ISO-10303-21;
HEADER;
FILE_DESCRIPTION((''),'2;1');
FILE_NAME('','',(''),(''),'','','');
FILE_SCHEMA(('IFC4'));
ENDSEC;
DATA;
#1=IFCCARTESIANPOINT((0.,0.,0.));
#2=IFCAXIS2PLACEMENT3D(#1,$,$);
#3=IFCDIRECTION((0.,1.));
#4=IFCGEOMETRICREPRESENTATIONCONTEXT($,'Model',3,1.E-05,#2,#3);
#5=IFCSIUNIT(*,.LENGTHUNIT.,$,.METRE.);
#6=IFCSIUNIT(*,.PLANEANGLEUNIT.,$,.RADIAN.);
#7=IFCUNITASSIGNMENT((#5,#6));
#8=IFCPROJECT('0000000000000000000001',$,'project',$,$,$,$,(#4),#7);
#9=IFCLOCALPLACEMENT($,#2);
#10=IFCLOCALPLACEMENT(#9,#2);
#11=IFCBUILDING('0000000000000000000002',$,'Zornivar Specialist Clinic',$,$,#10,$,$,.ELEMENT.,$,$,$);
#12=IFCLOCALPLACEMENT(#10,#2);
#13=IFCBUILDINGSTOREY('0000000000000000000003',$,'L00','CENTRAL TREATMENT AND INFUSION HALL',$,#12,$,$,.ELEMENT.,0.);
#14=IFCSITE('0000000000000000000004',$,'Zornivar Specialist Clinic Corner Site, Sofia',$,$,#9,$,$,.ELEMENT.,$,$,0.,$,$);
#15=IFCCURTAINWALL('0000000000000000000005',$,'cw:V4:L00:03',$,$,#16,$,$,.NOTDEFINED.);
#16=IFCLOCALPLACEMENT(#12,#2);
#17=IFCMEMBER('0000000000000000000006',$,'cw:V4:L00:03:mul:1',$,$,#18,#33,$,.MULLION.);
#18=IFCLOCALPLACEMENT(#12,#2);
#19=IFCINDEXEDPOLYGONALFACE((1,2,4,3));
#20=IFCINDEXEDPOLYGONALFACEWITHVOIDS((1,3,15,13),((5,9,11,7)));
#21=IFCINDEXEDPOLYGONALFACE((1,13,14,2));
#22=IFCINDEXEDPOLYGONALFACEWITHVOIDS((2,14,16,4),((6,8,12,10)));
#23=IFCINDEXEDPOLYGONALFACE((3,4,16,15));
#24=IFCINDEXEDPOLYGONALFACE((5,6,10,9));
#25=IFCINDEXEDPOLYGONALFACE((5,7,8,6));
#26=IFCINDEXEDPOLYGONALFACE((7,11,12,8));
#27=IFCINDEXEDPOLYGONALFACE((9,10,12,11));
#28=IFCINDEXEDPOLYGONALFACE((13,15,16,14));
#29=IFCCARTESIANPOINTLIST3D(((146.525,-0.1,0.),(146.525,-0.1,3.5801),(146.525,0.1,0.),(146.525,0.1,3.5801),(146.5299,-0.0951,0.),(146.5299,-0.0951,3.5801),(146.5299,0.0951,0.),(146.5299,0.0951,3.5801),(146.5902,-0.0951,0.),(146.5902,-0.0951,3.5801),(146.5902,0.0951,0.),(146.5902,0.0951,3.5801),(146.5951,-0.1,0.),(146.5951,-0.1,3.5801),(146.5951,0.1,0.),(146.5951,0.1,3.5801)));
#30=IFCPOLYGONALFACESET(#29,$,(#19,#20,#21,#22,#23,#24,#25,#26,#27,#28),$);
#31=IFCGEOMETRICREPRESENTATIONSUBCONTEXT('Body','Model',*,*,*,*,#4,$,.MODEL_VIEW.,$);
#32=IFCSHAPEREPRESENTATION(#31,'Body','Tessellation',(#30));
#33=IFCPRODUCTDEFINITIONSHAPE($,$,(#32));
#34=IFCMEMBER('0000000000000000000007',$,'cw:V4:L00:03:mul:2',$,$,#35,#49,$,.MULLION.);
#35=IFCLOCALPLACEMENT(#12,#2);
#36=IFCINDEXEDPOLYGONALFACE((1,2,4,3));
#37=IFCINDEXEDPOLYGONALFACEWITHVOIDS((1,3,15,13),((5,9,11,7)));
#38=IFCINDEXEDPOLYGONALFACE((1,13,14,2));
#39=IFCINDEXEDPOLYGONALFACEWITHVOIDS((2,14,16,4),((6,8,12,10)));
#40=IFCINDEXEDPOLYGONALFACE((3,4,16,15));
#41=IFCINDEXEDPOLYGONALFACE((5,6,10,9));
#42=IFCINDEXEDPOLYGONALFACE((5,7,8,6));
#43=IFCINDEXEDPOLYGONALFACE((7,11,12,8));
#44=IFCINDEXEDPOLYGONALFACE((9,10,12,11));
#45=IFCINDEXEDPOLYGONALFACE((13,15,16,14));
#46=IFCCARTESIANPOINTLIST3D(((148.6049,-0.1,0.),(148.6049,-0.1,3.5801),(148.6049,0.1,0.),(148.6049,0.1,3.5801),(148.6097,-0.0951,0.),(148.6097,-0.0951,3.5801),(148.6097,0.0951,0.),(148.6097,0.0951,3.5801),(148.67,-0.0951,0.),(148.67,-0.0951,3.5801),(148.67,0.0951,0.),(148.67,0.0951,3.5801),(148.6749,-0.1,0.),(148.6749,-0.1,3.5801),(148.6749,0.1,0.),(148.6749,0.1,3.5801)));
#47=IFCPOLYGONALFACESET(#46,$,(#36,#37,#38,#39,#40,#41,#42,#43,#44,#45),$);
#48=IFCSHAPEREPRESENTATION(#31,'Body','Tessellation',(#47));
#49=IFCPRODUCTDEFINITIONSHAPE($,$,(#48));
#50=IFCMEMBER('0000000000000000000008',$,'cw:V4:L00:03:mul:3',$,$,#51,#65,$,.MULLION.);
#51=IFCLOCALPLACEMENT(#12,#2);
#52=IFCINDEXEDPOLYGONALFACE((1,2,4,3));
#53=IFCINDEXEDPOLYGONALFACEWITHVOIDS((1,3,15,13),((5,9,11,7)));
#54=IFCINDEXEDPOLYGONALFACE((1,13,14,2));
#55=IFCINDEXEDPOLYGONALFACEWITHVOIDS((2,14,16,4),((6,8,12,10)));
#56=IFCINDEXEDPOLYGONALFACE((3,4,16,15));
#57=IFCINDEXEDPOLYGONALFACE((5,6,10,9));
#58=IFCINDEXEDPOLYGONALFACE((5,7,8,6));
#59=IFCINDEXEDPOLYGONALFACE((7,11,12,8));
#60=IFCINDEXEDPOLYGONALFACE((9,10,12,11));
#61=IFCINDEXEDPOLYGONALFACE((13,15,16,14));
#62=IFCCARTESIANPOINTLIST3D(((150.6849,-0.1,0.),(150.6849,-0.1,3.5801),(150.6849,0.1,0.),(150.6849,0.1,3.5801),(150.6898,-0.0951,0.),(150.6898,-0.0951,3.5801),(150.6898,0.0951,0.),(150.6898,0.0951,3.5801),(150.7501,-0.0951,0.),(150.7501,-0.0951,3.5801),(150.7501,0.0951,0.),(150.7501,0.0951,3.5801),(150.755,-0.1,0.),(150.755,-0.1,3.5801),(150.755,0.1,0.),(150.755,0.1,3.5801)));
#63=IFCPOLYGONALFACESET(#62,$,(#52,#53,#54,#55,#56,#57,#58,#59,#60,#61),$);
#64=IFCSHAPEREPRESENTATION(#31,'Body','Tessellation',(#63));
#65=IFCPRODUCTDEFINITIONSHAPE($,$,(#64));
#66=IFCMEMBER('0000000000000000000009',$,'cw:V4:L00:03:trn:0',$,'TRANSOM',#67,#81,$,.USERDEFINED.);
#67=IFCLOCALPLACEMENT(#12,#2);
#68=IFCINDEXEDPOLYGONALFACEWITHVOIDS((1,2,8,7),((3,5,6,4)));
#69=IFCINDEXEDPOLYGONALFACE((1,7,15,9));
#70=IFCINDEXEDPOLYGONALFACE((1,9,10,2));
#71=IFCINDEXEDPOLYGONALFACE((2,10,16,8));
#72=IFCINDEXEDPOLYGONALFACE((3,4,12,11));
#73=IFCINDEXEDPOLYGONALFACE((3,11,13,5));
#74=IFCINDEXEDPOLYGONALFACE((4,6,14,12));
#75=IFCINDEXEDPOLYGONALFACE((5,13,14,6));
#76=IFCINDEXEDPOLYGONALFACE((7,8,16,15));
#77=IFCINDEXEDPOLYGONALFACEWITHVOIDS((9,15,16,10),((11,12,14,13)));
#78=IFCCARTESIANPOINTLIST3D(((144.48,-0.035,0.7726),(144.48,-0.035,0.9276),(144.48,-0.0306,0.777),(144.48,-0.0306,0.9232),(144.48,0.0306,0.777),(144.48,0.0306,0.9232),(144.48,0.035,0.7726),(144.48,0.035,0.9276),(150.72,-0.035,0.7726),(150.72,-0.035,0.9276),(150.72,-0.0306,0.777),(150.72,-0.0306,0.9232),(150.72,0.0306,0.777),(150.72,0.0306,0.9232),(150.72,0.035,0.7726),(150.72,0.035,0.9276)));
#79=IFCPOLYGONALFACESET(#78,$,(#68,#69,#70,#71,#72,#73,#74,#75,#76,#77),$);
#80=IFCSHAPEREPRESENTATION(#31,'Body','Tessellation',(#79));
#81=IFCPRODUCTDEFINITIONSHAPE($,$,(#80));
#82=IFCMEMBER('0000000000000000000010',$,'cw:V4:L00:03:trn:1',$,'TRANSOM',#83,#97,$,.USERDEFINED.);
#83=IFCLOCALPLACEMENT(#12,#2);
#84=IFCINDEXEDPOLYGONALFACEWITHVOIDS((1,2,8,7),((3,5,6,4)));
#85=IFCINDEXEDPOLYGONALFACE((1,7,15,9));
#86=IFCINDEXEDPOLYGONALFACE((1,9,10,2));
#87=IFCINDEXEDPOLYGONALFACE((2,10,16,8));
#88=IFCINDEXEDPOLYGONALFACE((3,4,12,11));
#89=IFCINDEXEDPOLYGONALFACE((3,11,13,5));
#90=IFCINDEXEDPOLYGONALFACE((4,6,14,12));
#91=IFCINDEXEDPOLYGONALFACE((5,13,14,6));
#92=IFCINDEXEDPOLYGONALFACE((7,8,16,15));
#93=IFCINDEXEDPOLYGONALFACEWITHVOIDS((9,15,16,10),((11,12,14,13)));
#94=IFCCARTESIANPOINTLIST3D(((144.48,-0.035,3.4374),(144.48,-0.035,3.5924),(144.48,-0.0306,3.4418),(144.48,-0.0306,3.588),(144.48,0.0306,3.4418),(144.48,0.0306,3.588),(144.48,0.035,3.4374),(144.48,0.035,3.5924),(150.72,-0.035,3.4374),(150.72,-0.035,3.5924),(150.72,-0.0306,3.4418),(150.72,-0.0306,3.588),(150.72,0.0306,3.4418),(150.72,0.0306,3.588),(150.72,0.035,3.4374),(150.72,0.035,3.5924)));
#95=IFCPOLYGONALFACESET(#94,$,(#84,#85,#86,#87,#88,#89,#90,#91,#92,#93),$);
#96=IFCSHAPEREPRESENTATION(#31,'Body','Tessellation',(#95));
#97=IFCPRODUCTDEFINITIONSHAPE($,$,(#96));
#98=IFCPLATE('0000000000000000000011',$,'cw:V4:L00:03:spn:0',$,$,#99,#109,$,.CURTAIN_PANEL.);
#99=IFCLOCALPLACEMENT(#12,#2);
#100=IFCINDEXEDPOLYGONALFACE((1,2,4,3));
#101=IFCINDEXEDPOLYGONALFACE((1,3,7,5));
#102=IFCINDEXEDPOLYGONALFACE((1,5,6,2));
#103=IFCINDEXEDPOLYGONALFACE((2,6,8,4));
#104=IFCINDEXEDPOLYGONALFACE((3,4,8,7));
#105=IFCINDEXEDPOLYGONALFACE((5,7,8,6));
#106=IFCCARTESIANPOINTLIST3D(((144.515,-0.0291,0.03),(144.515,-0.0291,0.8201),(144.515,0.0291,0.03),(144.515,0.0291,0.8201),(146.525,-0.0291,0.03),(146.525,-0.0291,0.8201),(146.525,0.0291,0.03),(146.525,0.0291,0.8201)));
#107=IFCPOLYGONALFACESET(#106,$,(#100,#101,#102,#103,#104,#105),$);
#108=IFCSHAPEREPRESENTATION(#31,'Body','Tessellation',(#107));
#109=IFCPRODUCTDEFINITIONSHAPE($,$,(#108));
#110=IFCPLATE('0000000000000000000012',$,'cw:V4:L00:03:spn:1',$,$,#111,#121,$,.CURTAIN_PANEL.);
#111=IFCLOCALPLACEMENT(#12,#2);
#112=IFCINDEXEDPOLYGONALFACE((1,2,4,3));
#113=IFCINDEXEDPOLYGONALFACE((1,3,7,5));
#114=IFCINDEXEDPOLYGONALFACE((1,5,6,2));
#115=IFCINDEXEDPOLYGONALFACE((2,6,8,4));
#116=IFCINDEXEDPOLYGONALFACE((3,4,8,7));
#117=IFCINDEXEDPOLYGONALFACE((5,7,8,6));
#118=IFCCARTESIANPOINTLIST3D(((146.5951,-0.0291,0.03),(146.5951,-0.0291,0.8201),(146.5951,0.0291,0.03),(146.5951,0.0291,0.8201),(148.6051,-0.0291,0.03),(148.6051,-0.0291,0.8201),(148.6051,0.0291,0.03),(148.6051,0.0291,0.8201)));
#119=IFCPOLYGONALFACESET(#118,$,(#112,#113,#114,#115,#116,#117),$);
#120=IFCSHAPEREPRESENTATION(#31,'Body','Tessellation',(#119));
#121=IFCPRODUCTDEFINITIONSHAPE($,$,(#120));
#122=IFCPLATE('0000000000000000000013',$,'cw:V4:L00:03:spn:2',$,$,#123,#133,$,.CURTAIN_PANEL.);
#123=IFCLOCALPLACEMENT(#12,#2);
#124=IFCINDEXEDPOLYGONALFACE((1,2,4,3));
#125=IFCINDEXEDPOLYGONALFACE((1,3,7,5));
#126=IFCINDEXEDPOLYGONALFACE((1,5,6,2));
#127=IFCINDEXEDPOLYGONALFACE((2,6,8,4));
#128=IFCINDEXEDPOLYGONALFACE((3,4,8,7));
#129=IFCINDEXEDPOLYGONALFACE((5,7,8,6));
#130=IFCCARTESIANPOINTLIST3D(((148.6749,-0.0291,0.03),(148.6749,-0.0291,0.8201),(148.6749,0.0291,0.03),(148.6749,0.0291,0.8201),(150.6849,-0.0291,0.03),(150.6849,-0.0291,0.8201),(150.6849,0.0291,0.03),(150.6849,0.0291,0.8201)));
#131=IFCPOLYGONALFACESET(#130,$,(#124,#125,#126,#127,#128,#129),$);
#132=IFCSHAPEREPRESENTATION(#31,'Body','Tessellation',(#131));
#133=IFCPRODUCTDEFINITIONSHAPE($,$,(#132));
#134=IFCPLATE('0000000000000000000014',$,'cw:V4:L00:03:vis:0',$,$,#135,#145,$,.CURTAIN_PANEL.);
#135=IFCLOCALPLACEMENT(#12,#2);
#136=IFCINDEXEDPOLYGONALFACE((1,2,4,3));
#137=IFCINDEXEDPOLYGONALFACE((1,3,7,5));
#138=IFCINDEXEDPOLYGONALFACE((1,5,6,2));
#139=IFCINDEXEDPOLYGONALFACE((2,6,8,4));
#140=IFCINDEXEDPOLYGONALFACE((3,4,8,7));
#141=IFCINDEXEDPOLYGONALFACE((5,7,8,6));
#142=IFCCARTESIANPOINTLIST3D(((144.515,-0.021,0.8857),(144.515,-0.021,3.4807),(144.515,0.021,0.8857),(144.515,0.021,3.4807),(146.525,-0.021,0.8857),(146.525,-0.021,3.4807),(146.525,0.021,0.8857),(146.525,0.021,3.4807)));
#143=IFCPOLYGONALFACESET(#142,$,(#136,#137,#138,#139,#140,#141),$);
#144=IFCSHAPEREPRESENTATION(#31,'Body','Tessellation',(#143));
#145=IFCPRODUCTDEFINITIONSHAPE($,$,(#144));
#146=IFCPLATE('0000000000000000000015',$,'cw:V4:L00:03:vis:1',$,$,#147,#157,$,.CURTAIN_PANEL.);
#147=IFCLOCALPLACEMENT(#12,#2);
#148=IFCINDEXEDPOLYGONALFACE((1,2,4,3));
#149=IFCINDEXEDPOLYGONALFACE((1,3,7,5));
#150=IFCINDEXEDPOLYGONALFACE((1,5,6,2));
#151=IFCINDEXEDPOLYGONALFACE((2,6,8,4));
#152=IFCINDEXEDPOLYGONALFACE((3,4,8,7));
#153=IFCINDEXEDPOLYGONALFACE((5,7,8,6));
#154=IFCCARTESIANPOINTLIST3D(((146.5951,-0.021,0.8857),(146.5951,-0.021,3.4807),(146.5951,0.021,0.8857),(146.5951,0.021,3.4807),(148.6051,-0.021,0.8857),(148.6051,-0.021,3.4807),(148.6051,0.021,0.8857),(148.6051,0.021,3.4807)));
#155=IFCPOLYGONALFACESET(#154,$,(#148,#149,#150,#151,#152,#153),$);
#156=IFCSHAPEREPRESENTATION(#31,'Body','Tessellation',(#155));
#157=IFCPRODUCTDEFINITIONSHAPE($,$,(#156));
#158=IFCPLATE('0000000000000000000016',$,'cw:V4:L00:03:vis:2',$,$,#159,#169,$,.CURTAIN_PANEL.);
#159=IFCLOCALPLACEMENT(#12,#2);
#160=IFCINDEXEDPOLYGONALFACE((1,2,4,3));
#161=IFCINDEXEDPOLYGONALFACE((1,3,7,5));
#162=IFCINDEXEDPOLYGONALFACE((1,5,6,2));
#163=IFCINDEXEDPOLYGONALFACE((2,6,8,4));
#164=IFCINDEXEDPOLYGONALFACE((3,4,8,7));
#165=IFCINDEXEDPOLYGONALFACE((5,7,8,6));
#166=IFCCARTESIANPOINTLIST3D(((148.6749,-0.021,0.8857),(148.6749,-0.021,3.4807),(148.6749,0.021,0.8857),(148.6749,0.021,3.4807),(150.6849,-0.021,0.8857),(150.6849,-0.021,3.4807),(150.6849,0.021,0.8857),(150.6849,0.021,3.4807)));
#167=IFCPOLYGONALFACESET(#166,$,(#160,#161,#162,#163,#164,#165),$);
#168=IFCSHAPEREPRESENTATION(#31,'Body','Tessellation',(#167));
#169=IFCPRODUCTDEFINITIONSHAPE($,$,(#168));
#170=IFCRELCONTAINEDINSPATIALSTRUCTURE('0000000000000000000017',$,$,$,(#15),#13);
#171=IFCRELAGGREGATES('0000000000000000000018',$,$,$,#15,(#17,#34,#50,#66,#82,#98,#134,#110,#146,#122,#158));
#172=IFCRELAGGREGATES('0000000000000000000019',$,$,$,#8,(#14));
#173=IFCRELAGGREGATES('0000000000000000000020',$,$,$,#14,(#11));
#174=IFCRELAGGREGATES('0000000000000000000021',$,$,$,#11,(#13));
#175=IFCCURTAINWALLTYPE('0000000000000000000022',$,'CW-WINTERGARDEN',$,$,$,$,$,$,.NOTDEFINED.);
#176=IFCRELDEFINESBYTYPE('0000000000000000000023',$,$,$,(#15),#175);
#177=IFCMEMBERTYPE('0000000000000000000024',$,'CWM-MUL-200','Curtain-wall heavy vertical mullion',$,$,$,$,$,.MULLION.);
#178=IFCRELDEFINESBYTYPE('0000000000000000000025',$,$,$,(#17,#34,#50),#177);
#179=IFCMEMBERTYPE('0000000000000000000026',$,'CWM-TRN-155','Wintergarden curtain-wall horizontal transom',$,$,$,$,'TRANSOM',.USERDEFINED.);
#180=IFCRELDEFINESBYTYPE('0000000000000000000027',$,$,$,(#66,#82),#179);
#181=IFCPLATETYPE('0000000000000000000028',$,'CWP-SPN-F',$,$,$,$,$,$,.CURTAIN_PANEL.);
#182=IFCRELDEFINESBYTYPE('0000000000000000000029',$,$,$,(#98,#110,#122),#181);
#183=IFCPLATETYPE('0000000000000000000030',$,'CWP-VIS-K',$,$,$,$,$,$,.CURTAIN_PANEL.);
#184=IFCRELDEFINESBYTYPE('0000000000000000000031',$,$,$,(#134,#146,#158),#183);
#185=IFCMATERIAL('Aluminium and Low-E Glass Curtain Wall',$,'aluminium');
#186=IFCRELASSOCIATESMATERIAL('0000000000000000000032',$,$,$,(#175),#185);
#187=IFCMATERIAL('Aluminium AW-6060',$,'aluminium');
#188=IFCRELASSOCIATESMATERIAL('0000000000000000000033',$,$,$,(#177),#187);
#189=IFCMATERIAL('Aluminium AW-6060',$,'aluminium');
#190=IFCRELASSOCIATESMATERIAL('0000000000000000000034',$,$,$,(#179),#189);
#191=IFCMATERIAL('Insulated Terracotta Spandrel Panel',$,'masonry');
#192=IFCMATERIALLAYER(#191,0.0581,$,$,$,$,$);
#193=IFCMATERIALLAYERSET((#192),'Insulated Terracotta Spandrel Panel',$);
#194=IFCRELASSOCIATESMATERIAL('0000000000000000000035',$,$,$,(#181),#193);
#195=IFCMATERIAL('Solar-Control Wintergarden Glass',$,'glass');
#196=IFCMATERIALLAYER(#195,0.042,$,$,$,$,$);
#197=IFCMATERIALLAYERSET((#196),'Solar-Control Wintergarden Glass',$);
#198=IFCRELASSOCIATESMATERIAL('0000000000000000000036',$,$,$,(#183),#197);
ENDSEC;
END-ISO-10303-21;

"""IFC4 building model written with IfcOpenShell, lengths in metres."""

from ifc_helpers import new_model, si_unit, direction, frame, origin, origin_2d, place, context, subcontext, project, spatial, rectangle, hollow_rectangle, extrude, material, layer, layer_set, material_profile, profile_set, type_object, element, aggregate, save


model = new_model("IFC4")

# Units and contexts
model_context = context("Model", 3, precision=1e-05, world=origin(), true_north=direction((0.0, 1.0)))
body_context = subcontext(model_context, "Body", "Model", "MODEL_VIEW")
ifc_project = project(units=[si_unit("LENGTHUNIT", "METRE"), si_unit("PLANEANGLEUNIT", "RADIAN")], contexts=[model_context])

# Site, building, storey
site_placement = place(None, origin())
site = spatial("IfcSite", under=ifc_project, at=site_placement, Name="Zornivar Specialist Clinic Corner Site, Sofia", CompositionType="ELEMENT", RefElevation=0.0)
building_placement = place(site_placement, origin())
building = spatial("IfcBuilding", under=site, at=building_placement, Name="Zornivar Specialist Clinic", CompositionType="ELEMENT")
storey_placement = place(building_placement, origin())
storey = spatial("IfcBuildingStorey", under=building, at=storey_placement, Name="L00", Description="CENTRAL TREATMENT AND INFUSION HALL", CompositionType="ELEMENT", Elevation=0.0)

# Curtain wall, members, plates
ifc_material_1 = material(Name="Aluminium and Low-E Glass Curtain Wall", Category="aluminium")
curtain_wall_type = type_object("IfcCurtainWallType", Name="CW-WINTERGARDEN", PredefinedType="NOTDEFINED", material=ifc_material_1)
curtain_wall_placement = place(storey_placement, origin())
curtain_wall = element("IfcCurtainWall", 1, at=curtain_wall_placement, inside=storey, type_object=curtain_wall_type, Name="cw:V4:L00:03", PredefinedType="NOTDEFINED")
ifc_material_2 = material(Name="Aluminium AW-6060", Category="aluminium")
ifc_material_profile_1 = material_profile(ifc_material_2, hollow_rectangle(XDim=0.0701, YDim=0.2, WallThickness=0.0049, at=origin_2d()), Name="ALU 70x200x5")
ifc_profile_set_1 = profile_set([ifc_material_profile_1], Name="Aluminium AW-6060")
member_type_1 = type_object("IfcMemberType", Name="CWM-MUL-200", Description="Curtain-wall heavy vertical mullion", PredefinedType="MULLION", material=ifc_profile_set_1)
member_1_placement = place(storey_placement, frame((146.5601, 0.0, 0.0), z_axis=(0.0, 0.0, 1.0), x_axis=(1.0, 0.0, 0.0)))
member_1 = element("IfcMember", 2, at=member_1_placement, type_object=member_type_1, Name="cw:V4:L00:03:mul:1", PredefinedType="MULLION", context=body_context, shape_type="SweptSolid", body=[
    extrude(hollow_rectangle(XDim=0.0701, YDim=0.2, WallThickness=0.0049, at=origin_2d()), origin(), (0.0, 0.0, 1.0), 3.5801),
])
member_2_placement = place(storey_placement, frame((148.6399, 0.0, 0.0), z_axis=(0.0, 0.0, 1.0), x_axis=(1.0, 0.0, 0.0)))
member_2 = element("IfcMember", 3, at=member_2_placement, type_object=member_type_1, Name="cw:V4:L00:03:mul:2", PredefinedType="MULLION", context=body_context, shape_type="SweptSolid", body=[
    extrude(hollow_rectangle(XDim=0.0701, YDim=0.2, WallThickness=0.0049, at=origin_2d()), origin(), (0.0, 0.0, 1.0), 3.5801),
])
member_3_placement = place(storey_placement, frame((150.72, 0.0, 0.0), z_axis=(0.0, 0.0, 1.0), x_axis=(1.0, 0.0, 0.0)))
member_3 = element("IfcMember", 4, at=member_3_placement, type_object=member_type_1, Name="cw:V4:L00:03:mul:3", PredefinedType="MULLION", context=body_context, shape_type="SweptSolid", body=[
    extrude(hollow_rectangle(XDim=0.0701, YDim=0.2, WallThickness=0.0049, at=origin_2d()), origin(), (0.0, 0.0, 1.0), 3.5801),
])
ifc_material_3 = material(Name="Aluminium AW-6060", Category="aluminium")
ifc_material_profile_2 = material_profile(ifc_material_3, hollow_rectangle(XDim=0.0701, YDim=0.155, WallThickness=0.0044, at=origin_2d()), Name="ALU 70x155x4.5")
ifc_profile_set_2 = profile_set([ifc_material_profile_2], Name="Aluminium AW-6060")
member_type_2 = type_object("IfcMemberType", Name="CWM-TRN-155", Description="Wintergarden curtain-wall horizontal transom", ElementType="TRANSOM", PredefinedType="USERDEFINED", material=ifc_profile_set_2)
member_4_placement = place(storey_placement, frame((144.48, 0.0, 0.8501), z_axis=(1.0, 0.0, 0.0), x_axis=(0.0, 1.0, 0.0)))
member_4 = element("IfcMember", 5, at=member_4_placement, type_object=member_type_2, Name="cw:V4:L00:03:trn:0", ObjectType="TRANSOM", PredefinedType="USERDEFINED", context=body_context, shape_type="SweptSolid", body=[
    extrude(hollow_rectangle(XDim=0.0701, YDim=0.155, WallThickness=0.0044, at=origin_2d()), origin(), (0.0, 0.0, 1.0), 6.24),
])
member_5_placement = place(storey_placement, frame((144.48, 0.0, 3.5149), z_axis=(1.0, 0.0, 0.0), x_axis=(0.0, 1.0, 0.0)))
member_5 = element("IfcMember", 6, at=member_5_placement, type_object=member_type_2, Name="cw:V4:L00:03:trn:1", ObjectType="TRANSOM", PredefinedType="USERDEFINED", context=body_context, shape_type="SweptSolid", body=[
    extrude(hollow_rectangle(XDim=0.0701, YDim=0.155, WallThickness=0.0044, at=origin_2d()), origin(), (0.0, 0.0, 1.0), 6.24),
])
ifc_material_4 = material(Name="Insulated Terracotta Spandrel Panel", Category="masonry")
ifc_layer_1 = layer(ifc_material_4, 0.0581)
ifc_layer_set_1 = layer_set([ifc_layer_1], Name="Insulated Terracotta Spandrel Panel")
plate_type_1 = type_object("IfcPlateType", Name="CWP-SPN-F", PredefinedType="CURTAIN_PANEL", material=ifc_layer_set_1)
plate_1_placement = place(storey_placement, frame((145.52, 0.0, 0.03), z_axis=(0.0, 0.0, 1.0), x_axis=(1.0, 0.0, 0.0)))
plate_1 = element("IfcPlate", 7, at=plate_1_placement, type_object=plate_type_1, Name="cw:V4:L00:03:spn:0", PredefinedType="CURTAIN_PANEL", context=body_context, shape_type="SweptSolid", body=[
    extrude(rectangle(XDim=2.01, YDim=0.0581, at=origin_2d()), origin(), (0.0, 0.0, 1.0), 0.79),
])
plate_2_placement = place(storey_placement, frame((147.6001, 0.0, 0.03), z_axis=(0.0, 0.0, 1.0), x_axis=(1.0, 0.0, 0.0)))
plate_2 = element("IfcPlate", 8, at=plate_2_placement, type_object=plate_type_1, Name="cw:V4:L00:03:spn:1", PredefinedType="CURTAIN_PANEL", context=body_context, shape_type="SweptSolid", body=[
    extrude(rectangle(XDim=2.01, YDim=0.0581, at=origin_2d()), origin(), (0.0, 0.0, 1.0), 0.79),
])
plate_3_placement = place(storey_placement, frame((149.6799, 0.0, 0.03), z_axis=(0.0, 0.0, 1.0), x_axis=(1.0, 0.0, 0.0)))
plate_3 = element("IfcPlate", 9, at=plate_3_placement, type_object=plate_type_1, Name="cw:V4:L00:03:spn:2", PredefinedType="CURTAIN_PANEL", context=body_context, shape_type="SweptSolid", body=[
    extrude(rectangle(XDim=2.01, YDim=0.0581, at=origin_2d()), origin(), (0.0, 0.0, 1.0), 0.79),
])
ifc_material_5 = material(Name="Solar-Control Wintergarden Glass", Category="glass")
ifc_layer_2 = layer(ifc_material_5, 0.042)
ifc_layer_set_2 = layer_set([ifc_layer_2], Name="Solar-Control Wintergarden Glass")
plate_type_2 = type_object("IfcPlateType", Name="CWP-VIS-K", PredefinedType="CURTAIN_PANEL", material=ifc_layer_set_2)
plate_4_placement = place(storey_placement, frame((145.52, 0.0, 0.8857), z_axis=(0.0, 0.0, 1.0), x_axis=(1.0, 0.0, 0.0)))
plate_4 = element("IfcPlate", 10, at=plate_4_placement, type_object=plate_type_2, Name="cw:V4:L00:03:vis:0", PredefinedType="CURTAIN_PANEL", context=body_context, shape_type="SweptSolid", body=[
    extrude(rectangle(XDim=2.01, YDim=0.042, at=origin_2d()), origin(), (0.0, 0.0, 1.0), 2.595),
])
plate_5_placement = place(storey_placement, frame((147.6001, 0.0, 0.8857), z_axis=(0.0, 0.0, 1.0), x_axis=(1.0, 0.0, 0.0)))
plate_5 = element("IfcPlate", 11, at=plate_5_placement, type_object=plate_type_2, Name="cw:V4:L00:03:vis:1", PredefinedType="CURTAIN_PANEL", context=body_context, shape_type="SweptSolid", body=[
    extrude(rectangle(XDim=2.01, YDim=0.042, at=origin_2d()), origin(), (0.0, 0.0, 1.0), 2.595),
])
plate_6_placement = place(storey_placement, frame((149.6799, 0.0, 0.8857), z_axis=(0.0, 0.0, 1.0), x_axis=(1.0, 0.0, 0.0)))
plate_6 = element("IfcPlate", 12, at=plate_6_placement, type_object=plate_type_2, Name="cw:V4:L00:03:vis:2", PredefinedType="CURTAIN_PANEL", context=body_context, shape_type="SweptSolid", body=[
    extrude(rectangle(XDim=2.01, YDim=0.042, at=origin_2d()), origin(), (0.0, 0.0, 1.0), 2.595),
])
aggregate(curtain_wall, [member_1, member_2, member_3, member_4, member_5, plate_1, plate_4, plate_2, plate_5, plate_3, plate_6])

save(model, "model.ifc")
